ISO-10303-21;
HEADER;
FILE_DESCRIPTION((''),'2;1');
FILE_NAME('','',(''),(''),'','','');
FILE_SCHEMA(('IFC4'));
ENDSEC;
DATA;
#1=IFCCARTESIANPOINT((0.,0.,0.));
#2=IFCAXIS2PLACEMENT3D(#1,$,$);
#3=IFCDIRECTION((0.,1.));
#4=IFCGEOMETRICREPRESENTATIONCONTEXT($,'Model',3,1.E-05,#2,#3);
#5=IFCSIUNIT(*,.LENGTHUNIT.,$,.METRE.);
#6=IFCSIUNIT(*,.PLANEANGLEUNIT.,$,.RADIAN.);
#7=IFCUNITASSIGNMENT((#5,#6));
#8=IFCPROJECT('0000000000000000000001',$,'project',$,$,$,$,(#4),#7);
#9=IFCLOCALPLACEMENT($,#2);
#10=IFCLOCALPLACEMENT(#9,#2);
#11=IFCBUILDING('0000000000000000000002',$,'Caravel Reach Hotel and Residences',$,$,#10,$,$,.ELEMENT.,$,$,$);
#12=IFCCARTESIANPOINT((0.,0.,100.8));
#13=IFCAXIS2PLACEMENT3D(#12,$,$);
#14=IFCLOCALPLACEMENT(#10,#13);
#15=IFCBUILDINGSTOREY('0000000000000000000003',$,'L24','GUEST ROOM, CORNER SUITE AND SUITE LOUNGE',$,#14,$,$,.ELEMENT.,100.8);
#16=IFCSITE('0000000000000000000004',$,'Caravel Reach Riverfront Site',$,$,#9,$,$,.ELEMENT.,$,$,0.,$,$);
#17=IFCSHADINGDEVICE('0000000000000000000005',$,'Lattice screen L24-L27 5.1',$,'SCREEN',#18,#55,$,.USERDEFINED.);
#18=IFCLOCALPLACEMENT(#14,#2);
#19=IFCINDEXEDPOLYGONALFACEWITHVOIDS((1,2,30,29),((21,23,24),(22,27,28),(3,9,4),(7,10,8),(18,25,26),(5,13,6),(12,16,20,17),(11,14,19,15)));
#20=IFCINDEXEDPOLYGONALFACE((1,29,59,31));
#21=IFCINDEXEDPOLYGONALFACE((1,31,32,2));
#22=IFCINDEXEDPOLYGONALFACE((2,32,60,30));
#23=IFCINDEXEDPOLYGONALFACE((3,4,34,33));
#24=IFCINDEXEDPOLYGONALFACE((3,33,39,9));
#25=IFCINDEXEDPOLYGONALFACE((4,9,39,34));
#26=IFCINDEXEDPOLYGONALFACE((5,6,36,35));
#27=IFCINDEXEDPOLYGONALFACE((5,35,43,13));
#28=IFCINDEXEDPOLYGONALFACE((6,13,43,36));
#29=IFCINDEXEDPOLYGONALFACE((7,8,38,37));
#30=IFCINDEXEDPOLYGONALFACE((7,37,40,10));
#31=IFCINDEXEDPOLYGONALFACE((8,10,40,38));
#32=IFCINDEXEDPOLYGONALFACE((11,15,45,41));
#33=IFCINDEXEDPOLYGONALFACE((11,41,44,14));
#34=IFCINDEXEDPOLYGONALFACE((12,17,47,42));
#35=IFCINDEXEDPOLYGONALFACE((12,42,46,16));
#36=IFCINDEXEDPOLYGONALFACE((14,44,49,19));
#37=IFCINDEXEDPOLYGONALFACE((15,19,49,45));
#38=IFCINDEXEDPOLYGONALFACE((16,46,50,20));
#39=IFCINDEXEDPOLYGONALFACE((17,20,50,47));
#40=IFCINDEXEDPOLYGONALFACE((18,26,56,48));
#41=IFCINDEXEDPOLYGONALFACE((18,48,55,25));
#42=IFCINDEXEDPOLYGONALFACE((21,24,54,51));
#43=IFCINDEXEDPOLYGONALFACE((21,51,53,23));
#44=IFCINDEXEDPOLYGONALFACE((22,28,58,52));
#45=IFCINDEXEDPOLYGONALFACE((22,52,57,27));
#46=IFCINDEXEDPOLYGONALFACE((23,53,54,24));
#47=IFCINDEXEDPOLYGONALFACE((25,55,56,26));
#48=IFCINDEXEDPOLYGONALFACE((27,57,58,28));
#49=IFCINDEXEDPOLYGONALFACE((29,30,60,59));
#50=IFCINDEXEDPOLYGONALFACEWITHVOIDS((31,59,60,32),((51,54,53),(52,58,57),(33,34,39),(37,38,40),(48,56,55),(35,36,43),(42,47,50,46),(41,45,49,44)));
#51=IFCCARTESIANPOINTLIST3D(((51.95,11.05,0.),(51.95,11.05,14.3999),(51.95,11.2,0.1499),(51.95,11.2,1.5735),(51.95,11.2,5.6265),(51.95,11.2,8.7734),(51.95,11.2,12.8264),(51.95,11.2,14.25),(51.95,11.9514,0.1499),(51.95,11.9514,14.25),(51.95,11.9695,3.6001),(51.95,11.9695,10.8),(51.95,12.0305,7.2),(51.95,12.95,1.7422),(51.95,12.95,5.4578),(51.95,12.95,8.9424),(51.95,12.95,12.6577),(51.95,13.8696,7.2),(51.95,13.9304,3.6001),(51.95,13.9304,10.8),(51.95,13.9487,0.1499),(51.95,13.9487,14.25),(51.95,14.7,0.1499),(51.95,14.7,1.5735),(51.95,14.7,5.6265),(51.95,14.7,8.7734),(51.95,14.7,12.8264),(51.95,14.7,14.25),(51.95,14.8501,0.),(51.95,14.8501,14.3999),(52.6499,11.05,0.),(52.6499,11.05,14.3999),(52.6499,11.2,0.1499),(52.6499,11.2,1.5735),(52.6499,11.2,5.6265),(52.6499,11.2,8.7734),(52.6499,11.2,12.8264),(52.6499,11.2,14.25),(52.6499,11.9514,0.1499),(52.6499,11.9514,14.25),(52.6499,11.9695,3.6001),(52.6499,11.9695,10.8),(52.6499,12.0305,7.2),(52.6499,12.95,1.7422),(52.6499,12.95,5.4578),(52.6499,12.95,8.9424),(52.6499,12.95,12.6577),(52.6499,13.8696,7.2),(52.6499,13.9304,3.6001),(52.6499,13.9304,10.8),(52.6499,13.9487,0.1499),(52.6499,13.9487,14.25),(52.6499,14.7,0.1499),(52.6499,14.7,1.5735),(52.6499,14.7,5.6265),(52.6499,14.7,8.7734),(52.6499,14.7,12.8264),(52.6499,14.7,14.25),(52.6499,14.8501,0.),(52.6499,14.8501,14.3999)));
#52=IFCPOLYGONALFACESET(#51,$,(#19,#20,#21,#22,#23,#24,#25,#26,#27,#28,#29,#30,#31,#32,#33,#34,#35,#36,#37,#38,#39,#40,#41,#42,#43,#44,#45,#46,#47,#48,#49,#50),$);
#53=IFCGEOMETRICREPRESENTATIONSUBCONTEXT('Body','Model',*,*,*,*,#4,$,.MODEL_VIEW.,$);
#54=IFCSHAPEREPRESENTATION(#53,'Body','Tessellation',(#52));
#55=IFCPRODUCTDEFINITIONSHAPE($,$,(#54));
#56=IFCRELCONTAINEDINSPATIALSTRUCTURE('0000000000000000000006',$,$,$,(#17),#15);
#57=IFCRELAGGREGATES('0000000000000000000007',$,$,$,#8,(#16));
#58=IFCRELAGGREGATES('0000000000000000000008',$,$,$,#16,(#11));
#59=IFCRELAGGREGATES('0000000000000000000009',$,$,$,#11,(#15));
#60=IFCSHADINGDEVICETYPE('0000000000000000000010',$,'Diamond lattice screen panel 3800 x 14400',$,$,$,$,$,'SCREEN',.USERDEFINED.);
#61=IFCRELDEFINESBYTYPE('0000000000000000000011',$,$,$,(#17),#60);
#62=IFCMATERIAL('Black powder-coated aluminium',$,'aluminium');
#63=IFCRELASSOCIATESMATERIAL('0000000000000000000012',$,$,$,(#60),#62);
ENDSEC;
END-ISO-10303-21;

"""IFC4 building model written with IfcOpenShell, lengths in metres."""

from ifc_helpers import new_model, si_unit, direction, frame, origin, place, context, subcontext, project, spatial, polyline, outline, extrude, material, type_object, element, save


model = new_model("IFC4")

# Units and contexts
model_context = context("Model", 3, precision=1e-05, world=origin(), true_north=direction((0.0, 1.0)))
body_context = subcontext(model_context, "Body", "Model", "MODEL_VIEW")
ifc_project = project(units=[si_unit("LENGTHUNIT", "METRE"), si_unit("PLANEANGLEUNIT", "RADIAN")], contexts=[model_context])

# Site, building, storey
site_placement = place(None, origin())
site = spatial("IfcSite", under=ifc_project, at=site_placement, Name="Caravel Reach Riverfront Site", CompositionType="ELEMENT", RefElevation=0.0)
building_placement = place(site_placement, origin())
building = spatial("IfcBuilding", under=site, at=building_placement, Name="Caravel Reach Hotel and Residences", CompositionType="ELEMENT")
storey_placement = place(building_placement, frame((0.0, 0.0, 100.8)))
storey = spatial("IfcBuildingStorey", under=building, at=storey_placement, Name="L24", Description="GUEST ROOM, CORNER SUITE AND SUITE LOUNGE", CompositionType="ELEMENT", Elevation=100.8)

# Shading device
ifc_material_1 = material(Name="Black powder-coated aluminium", Category="aluminium")
shading_device_type_1 = type_object("IfcShadingDeviceType", Name="Diamond lattice screen panel 3800 x 14400", ElementType="SCREEN", PredefinedType="USERDEFINED", material=ifc_material_1)
shading_device_1_placement = place(storey_placement, frame((51.95, 11.05, 0.0), z_axis=(1.0, 0.0, 0.0), x_axis=(0.0, 1.0, 0.0)))
element("IfcShadingDevice", 1, at=shading_device_1_placement, inside=storey, type_object=shading_device_type_1, Name="Lattice screen L24-L27 5.1", ObjectType="SCREEN", PredefinedType="USERDEFINED", context=body_context, shape_type="SweptSolid", body=[
    extrude(outline(polyline([(0.0, 0.0), (3.8, 0.0), (3.8, 14.3999), (0.0, 14.3999), (0.0, 0.0)]), holes=[polyline([(0.9014, 0.1499), (0.1499, 1.5735), (0.1499, 0.1499), (0.9014, 0.1499)]), polyline([(0.9805, 7.2), (0.1499, 8.7734), (0.1499, 5.6265), (0.9805, 7.2)]), polyline([(0.1499, 12.8264), (0.9014, 14.25), (0.1499, 14.25), (0.1499, 12.8264)]), polyline([(1.8999, 5.4578), (0.9194, 3.6001), (1.8999, 1.7422), (2.8804, 3.6001), (1.8999, 5.4578)]), polyline([(1.8999, 12.6577), (0.9194, 10.8), (1.8999, 8.9424), (2.8804, 10.8), (1.8999, 12.6577)]), polyline([(3.6499, 1.5735), (2.8987, 0.1499), (3.6499, 0.1499), (3.6499, 1.5735)]), polyline([(2.8196, 7.2), (3.6499, 5.6265), (3.6499, 8.7734), (2.8196, 7.2)]), polyline([(2.8987, 14.25), (3.6499, 12.8264), (3.6499, 14.25), (2.8987, 14.25)])]), origin(), (0.0, 0.0, 1.0), 0.7),
])

save(model, "model.ifc")
